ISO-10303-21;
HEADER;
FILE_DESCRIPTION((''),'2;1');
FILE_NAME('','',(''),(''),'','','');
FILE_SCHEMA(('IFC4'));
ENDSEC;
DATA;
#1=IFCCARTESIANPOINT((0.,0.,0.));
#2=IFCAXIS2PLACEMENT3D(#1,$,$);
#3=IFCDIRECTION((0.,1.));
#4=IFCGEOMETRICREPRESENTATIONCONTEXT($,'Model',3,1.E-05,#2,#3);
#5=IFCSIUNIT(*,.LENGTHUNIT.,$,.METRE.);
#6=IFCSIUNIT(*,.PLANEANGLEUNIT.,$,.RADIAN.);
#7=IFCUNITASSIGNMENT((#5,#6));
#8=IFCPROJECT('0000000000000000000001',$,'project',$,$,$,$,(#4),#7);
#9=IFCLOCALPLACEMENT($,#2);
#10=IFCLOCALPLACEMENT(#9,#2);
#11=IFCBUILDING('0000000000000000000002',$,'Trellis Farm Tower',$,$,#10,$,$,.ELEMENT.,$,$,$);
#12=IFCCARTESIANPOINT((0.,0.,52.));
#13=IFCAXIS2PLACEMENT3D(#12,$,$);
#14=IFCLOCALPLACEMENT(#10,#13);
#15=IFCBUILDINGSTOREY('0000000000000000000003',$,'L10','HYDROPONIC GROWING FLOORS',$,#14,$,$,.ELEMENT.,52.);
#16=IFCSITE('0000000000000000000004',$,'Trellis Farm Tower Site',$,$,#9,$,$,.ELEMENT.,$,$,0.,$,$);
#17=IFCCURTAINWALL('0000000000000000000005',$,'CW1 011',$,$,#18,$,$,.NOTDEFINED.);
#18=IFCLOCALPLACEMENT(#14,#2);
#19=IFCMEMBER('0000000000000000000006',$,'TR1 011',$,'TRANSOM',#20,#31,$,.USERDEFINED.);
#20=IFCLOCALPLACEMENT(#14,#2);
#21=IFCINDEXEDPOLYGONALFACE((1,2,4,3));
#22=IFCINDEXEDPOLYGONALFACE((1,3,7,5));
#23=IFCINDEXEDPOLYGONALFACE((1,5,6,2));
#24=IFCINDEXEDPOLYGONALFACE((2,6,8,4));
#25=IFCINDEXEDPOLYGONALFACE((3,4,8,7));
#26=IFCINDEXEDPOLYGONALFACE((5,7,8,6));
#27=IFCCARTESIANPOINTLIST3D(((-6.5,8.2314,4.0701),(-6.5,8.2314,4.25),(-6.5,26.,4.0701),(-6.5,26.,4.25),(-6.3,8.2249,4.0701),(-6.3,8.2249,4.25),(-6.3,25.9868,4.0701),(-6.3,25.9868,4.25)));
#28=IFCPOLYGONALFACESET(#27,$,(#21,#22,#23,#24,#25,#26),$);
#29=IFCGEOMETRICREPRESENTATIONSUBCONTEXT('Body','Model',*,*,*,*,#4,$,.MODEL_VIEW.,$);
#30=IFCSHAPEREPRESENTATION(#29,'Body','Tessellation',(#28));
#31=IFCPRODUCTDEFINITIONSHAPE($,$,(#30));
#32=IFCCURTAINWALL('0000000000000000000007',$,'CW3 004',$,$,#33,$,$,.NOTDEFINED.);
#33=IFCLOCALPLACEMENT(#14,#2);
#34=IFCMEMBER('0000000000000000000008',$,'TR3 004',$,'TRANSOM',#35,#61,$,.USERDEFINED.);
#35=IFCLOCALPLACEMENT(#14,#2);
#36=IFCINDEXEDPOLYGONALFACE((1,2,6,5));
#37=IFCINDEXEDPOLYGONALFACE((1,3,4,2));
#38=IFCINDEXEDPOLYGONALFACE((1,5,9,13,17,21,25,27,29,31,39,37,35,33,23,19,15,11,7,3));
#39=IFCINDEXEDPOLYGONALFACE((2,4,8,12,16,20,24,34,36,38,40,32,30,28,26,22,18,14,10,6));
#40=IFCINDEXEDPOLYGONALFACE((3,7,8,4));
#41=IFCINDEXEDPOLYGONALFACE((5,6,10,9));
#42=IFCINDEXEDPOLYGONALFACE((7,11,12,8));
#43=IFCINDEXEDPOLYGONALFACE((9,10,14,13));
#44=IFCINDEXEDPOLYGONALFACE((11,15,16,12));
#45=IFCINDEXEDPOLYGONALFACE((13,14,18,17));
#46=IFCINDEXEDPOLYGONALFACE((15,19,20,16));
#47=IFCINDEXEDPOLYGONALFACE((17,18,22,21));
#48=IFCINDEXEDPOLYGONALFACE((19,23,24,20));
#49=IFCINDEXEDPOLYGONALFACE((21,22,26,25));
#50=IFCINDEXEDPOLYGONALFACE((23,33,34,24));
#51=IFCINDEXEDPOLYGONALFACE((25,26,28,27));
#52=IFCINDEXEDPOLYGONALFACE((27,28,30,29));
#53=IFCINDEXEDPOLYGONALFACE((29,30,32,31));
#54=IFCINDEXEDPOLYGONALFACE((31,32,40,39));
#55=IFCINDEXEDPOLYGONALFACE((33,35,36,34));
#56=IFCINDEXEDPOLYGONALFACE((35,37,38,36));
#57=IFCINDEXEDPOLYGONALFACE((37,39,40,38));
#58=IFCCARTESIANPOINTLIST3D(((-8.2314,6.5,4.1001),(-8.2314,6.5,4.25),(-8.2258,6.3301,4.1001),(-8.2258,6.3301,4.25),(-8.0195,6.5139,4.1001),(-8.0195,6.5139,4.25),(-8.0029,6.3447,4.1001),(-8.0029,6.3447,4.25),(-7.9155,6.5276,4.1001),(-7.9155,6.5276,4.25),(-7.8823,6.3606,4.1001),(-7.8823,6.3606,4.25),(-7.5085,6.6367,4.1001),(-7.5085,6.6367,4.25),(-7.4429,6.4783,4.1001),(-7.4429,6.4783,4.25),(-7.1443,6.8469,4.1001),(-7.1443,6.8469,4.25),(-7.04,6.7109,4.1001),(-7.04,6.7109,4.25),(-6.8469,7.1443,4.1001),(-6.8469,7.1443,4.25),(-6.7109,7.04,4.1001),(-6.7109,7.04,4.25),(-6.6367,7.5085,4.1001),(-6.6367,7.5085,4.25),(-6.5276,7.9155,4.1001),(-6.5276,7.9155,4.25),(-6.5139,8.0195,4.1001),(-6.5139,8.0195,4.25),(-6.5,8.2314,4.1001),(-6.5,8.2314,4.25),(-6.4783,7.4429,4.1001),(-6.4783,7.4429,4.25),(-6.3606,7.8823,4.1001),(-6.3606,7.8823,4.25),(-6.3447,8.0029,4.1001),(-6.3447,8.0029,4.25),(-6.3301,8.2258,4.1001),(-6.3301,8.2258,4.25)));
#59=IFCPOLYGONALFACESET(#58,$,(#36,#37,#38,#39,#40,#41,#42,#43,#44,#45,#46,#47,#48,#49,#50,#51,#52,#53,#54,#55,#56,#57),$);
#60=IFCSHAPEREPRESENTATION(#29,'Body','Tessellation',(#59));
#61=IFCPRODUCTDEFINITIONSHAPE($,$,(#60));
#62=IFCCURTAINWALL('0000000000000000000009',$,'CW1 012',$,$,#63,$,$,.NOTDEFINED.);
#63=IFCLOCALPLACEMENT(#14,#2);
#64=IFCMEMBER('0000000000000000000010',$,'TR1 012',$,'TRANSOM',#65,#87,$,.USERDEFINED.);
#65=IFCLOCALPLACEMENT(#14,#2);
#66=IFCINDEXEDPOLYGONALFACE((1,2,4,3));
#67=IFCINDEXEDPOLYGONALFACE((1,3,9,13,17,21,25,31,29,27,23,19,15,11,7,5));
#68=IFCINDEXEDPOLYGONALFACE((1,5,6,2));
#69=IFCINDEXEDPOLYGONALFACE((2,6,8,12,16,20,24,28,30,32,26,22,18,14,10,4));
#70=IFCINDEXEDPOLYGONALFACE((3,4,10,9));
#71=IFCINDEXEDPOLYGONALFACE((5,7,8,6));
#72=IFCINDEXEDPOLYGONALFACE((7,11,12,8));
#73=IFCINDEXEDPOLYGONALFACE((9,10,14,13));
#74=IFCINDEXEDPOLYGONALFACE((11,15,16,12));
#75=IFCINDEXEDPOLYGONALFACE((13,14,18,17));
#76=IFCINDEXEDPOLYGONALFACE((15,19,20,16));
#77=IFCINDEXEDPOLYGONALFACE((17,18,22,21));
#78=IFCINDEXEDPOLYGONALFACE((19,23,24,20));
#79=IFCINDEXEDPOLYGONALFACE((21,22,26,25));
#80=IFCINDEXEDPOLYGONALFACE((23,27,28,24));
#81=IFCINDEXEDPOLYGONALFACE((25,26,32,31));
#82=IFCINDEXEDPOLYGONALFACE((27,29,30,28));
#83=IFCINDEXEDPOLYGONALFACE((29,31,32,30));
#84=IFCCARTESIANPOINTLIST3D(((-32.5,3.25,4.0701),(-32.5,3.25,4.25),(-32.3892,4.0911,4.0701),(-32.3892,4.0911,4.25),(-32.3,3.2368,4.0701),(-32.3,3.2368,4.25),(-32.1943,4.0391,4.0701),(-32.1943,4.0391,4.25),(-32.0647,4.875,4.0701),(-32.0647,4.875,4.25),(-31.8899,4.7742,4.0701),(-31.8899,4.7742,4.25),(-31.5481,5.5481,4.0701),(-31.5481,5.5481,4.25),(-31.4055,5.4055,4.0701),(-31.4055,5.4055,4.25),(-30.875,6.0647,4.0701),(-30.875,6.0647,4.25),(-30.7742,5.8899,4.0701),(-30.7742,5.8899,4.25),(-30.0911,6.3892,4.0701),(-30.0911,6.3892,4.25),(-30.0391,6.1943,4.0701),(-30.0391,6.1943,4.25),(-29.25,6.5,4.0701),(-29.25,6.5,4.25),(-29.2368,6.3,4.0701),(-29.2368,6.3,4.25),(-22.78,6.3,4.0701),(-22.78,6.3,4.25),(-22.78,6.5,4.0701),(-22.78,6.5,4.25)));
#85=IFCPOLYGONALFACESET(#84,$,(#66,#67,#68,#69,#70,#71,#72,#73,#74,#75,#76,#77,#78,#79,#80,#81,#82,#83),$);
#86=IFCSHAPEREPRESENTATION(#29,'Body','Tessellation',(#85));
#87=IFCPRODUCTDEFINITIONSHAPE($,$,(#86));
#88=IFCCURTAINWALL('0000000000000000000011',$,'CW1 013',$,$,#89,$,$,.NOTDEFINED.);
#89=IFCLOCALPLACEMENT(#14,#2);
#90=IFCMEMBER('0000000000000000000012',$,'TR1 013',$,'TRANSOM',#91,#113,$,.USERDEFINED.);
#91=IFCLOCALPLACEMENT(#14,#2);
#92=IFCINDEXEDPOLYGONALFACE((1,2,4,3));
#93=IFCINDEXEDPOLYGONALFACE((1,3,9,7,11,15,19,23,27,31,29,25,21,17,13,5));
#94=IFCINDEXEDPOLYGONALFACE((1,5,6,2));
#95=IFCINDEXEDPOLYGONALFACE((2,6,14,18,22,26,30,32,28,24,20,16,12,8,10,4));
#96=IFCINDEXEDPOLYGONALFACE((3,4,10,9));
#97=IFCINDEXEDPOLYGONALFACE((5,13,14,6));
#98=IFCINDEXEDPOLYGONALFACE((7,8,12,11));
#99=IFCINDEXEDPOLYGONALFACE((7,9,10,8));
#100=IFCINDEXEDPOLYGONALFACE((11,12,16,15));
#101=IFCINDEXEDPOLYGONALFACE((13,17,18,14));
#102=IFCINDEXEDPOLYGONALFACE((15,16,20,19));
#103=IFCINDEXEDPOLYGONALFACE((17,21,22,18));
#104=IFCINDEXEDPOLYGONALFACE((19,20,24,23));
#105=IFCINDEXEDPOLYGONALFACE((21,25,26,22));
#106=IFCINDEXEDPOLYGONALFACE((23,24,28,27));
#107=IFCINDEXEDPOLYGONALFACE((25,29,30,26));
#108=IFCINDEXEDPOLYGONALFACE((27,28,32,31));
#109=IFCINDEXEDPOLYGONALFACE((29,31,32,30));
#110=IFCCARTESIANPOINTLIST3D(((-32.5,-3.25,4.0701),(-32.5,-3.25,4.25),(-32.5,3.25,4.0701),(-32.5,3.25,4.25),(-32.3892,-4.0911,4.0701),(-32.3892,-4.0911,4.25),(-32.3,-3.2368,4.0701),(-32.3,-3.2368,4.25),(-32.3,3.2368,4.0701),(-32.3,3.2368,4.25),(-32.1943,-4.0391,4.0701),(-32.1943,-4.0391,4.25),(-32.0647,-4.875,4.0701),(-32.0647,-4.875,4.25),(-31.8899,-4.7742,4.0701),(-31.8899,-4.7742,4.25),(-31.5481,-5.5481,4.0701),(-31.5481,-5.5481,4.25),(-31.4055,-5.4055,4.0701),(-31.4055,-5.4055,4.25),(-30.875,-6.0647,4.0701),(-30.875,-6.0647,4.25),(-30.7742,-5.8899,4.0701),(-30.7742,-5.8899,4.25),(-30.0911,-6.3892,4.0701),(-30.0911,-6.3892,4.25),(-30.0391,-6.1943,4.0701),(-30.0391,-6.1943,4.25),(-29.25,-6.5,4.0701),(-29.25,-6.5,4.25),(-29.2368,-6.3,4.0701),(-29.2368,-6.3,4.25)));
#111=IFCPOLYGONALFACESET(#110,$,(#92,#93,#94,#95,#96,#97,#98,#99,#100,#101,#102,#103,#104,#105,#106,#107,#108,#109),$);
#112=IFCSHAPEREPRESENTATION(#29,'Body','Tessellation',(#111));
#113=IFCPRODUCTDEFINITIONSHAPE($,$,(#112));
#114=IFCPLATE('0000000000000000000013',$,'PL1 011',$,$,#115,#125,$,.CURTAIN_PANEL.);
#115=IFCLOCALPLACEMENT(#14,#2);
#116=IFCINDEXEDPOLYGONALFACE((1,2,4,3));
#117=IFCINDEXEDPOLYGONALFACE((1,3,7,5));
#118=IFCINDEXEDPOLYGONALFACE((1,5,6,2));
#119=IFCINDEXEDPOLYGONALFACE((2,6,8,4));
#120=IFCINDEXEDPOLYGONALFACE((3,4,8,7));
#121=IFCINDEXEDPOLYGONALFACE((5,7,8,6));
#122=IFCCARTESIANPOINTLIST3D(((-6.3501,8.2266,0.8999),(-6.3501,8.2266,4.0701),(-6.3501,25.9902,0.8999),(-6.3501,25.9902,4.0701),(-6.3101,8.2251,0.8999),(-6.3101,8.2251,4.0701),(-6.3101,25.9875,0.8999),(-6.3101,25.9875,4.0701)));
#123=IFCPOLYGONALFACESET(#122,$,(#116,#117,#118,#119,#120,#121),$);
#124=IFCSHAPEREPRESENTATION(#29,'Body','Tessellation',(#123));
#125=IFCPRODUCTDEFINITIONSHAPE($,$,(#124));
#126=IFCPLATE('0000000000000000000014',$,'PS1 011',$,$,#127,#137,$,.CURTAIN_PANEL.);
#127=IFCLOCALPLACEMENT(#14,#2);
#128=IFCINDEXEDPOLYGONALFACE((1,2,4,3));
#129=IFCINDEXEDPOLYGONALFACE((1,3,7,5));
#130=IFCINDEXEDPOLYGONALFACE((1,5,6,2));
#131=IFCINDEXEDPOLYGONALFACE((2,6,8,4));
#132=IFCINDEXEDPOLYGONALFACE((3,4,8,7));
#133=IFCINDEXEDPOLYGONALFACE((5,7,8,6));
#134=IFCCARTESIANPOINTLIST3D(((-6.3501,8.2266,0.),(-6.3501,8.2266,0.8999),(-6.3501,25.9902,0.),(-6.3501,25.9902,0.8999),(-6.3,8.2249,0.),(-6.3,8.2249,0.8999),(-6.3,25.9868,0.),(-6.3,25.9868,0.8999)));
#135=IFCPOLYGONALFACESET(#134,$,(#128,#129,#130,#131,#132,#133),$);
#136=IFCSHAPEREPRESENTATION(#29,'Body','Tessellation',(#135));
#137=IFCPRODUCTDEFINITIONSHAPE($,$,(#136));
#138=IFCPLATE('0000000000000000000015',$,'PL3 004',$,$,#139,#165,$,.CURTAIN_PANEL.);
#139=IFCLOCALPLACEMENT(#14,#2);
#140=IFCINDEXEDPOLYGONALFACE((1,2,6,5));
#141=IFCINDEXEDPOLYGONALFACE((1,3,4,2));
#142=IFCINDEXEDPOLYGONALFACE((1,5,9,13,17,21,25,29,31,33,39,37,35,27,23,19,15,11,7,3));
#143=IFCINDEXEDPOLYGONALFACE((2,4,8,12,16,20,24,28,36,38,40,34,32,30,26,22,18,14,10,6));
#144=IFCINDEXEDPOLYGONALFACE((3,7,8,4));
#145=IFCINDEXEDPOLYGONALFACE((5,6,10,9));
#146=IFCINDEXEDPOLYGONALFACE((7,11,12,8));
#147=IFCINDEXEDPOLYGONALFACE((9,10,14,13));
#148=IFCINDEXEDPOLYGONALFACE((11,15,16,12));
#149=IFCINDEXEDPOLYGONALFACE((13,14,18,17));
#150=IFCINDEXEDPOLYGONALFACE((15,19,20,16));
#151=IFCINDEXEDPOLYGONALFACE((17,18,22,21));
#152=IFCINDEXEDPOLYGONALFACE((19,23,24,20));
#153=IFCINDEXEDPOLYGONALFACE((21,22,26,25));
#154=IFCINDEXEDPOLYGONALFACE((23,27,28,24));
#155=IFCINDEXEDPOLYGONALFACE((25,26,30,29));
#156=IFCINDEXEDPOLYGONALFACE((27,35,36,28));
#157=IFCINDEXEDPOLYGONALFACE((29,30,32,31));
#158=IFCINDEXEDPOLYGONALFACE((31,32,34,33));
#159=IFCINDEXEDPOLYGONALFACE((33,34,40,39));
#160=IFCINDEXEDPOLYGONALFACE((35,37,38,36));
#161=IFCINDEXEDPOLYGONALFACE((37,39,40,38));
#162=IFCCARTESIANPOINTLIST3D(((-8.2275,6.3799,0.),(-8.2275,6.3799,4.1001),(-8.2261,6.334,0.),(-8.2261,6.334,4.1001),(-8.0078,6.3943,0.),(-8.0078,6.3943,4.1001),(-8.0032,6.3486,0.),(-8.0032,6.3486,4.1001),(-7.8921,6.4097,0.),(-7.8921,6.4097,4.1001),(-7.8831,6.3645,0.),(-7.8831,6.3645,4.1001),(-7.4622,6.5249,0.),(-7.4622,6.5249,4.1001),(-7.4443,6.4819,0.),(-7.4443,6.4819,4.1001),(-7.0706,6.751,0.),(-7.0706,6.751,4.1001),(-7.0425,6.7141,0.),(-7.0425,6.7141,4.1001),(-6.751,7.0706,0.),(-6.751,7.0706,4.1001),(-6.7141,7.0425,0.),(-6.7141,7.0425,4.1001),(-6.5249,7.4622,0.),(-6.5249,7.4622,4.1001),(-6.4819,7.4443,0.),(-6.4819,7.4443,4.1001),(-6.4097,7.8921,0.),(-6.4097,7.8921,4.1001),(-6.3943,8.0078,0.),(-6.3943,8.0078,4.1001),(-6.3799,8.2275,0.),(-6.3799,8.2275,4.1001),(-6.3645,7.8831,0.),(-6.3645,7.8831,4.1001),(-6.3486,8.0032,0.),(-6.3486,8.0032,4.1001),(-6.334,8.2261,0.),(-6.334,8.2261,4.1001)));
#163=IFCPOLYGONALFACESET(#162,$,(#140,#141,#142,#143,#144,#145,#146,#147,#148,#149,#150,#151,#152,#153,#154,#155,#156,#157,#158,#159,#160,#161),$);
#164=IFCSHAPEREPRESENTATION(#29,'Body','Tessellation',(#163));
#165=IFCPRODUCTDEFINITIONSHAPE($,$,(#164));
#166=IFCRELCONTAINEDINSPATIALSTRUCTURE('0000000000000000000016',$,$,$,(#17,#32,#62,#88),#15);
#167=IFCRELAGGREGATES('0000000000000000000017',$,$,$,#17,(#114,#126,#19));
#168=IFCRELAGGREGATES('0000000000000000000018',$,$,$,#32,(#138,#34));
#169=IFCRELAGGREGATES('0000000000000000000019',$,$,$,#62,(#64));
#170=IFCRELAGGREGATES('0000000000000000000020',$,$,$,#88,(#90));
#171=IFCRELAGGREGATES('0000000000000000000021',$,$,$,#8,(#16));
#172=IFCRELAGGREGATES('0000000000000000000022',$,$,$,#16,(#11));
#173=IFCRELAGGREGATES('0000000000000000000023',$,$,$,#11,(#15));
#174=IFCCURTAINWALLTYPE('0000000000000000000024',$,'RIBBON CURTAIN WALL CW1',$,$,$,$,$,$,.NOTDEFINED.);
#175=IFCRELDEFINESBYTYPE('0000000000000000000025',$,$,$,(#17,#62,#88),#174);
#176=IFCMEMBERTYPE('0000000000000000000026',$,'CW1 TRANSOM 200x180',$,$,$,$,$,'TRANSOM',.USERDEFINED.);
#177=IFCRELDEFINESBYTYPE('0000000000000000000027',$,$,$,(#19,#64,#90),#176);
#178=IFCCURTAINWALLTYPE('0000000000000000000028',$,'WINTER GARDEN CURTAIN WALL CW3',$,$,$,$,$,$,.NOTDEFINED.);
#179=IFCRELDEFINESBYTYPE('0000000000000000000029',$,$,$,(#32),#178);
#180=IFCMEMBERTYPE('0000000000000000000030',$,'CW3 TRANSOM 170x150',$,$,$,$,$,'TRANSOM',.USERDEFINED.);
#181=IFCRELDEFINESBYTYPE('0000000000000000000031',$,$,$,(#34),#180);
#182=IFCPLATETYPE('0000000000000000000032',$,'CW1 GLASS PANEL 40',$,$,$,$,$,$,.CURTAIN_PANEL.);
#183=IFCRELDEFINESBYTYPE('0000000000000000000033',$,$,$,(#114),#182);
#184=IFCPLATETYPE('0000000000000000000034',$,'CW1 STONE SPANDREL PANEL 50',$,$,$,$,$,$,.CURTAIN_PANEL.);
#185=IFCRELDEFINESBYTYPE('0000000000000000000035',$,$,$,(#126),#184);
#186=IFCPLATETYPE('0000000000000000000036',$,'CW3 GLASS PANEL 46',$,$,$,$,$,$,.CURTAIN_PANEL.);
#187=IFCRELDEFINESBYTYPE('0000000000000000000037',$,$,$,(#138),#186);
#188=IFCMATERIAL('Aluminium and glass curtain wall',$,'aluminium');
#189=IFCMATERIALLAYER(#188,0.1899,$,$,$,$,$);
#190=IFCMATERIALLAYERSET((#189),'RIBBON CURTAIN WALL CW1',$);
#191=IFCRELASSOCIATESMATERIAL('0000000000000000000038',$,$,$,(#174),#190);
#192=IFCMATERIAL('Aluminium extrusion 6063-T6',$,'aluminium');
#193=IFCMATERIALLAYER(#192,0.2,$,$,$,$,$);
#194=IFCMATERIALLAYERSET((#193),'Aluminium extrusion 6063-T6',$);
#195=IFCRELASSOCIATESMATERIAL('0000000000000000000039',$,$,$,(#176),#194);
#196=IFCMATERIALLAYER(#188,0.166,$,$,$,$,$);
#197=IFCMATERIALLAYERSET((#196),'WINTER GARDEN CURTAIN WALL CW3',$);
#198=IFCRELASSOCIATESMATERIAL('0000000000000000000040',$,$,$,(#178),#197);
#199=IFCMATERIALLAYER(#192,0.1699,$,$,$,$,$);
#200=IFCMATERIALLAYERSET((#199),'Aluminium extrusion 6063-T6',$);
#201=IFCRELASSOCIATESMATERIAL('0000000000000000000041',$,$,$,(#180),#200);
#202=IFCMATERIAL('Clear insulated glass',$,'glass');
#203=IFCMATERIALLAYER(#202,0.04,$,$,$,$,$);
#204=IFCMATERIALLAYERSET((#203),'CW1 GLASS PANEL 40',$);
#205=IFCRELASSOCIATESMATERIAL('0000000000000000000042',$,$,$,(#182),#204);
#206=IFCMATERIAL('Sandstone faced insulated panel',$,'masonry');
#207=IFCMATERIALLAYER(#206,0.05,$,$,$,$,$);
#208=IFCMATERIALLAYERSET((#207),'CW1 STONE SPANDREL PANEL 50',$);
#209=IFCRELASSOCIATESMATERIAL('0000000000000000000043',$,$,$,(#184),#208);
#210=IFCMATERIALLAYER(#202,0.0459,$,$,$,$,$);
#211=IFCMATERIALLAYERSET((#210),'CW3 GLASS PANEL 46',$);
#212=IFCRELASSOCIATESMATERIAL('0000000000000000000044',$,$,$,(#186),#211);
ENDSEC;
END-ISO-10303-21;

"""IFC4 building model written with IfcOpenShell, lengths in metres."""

from ifc_helpers import new_model, si_unit, direction, frame, origin, place, context, subcontext, project, spatial, polyline, outline, extrude, source, transform, mapped, material, layer, layer_set, type_object, element, aggregate, save


model = new_model("IFC4")

# Units and contexts
model_context = context("Model", 3, precision=1e-05, world=origin(), true_north=direction((0.0, 1.0)))
body_context = subcontext(model_context, "Body", "Model", "MODEL_VIEW")
ifc_project = project(units=[si_unit("LENGTHUNIT", "METRE"), si_unit("PLANEANGLEUNIT", "RADIAN")], contexts=[model_context])

# Site, building, storey
site_placement = place(None, origin())
site = spatial("IfcSite", under=ifc_project, at=site_placement, Name="Trellis Farm Tower Site", CompositionType="ELEMENT", RefElevation=0.0)
building_placement = place(site_placement, origin())
building = spatial("IfcBuilding", under=site, at=building_placement, Name="Trellis Farm Tower", CompositionType="ELEMENT")
storey_placement = place(building_placement, frame((0.0, 0.0, 52.0)))
storey = spatial("IfcBuildingStorey", under=building, at=storey_placement, Name="L10", Description="HYDROPONIC GROWING FLOORS", CompositionType="ELEMENT", Elevation=52.0)

# Curtain walls, members
ifc_material_1 = material(Name="Aluminium and glass curtain wall", Category="aluminium")
ifc_layer_1 = layer(ifc_material_1, 0.1899)
ifc_layer_set_1 = layer_set([ifc_layer_1], Name="RIBBON CURTAIN WALL CW1")
curtain_wall_type_1 = type_object("IfcCurtainWallType", Name="RIBBON CURTAIN WALL CW1", PredefinedType="NOTDEFINED", material=ifc_layer_set_1)
placement_1 = place(storey_placement, origin())
curtain_wall_1 = element("IfcCurtainWall", 1, at=placement_1, inside=storey, type_object=curtain_wall_type_1, Name="CW1 011", PredefinedType="NOTDEFINED")
ifc_material_2 = material(Name="Aluminium extrusion 6063-T6", Category="aluminium")
ifc_layer_2 = layer(ifc_material_2, 0.2)
ifc_layer_set_2 = layer_set([ifc_layer_2], Name="Aluminium extrusion 6063-T6")
member_type_1 = type_object("IfcMemberType", Name="CW1 TRANSOM 200x180", ElementType="TRANSOM", PredefinedType="USERDEFINED", material=ifc_layer_set_2)
shared_shape_1 = source(origin(), body_context, "Body", "SweptSolid", [
    extrude(outline(polyline([(-6.5, 26.0), (-6.5, 8.2314), (-6.3, 8.2249), (-6.3, 25.9868), (-6.5, 26.0)])), origin(), (0.0, 0.0, 1.0), 0.1799),
])
placement_2 = place(storey_placement, frame((0.0, 0.0, 4.0701)))
member_1 = element("IfcMember", 2, at=placement_2, type_object=member_type_1, Name="TR1 011", ObjectType="TRANSOM", PredefinedType="USERDEFINED", context=body_context, shape_type="MappedRepresentation", body=[
    mapped(shared_shape_1, transform((0.0, 0.0, 0.0))),
])
ifc_layer_3 = layer(ifc_material_1, 0.166)
ifc_layer_set_3 = layer_set([ifc_layer_3], Name="WINTER GARDEN CURTAIN WALL CW3")
curtain_wall_type_2 = type_object("IfcCurtainWallType", Name="WINTER GARDEN CURTAIN WALL CW3", PredefinedType="NOTDEFINED", material=ifc_layer_set_3)
curtain_wall_2 = element("IfcCurtainWall", 3, at=placement_1, inside=storey, type_object=curtain_wall_type_2, Name="CW3 004", PredefinedType="NOTDEFINED")
ifc_layer_4 = layer(ifc_material_2, 0.1699)
ifc_layer_set_4 = layer_set([ifc_layer_4], Name="Aluminium extrusion 6063-T6")
member_type_2 = type_object("IfcMemberType", Name="CW3 TRANSOM 170x150", ElementType="TRANSOM", PredefinedType="USERDEFINED", material=ifc_layer_set_4)
shared_shape_2 = source(origin(), body_context, "Body", "SweptSolid", [
    extrude(outline(polyline([(-6.5, 8.2314), (-6.5139, 8.0195), (-6.5276, 7.9155), (-6.6367, 7.5085), (-6.8469, 7.1443), (-7.1443, 6.8469), (-7.5085, 6.6367), (-7.9155, 6.5276), (-8.0195, 6.5139), (-8.2314, 6.5), (-8.2258, 6.3301), (-8.0029, 6.3447), (-7.8823, 6.3606), (-7.4429, 6.4783), (-7.04, 6.7109), (-6.7109, 7.04), (-6.4783, 7.4429), (-6.3606, 7.8823), (-6.3447, 8.0029), (-6.3301, 8.2258), (-6.5, 8.2314)])), origin(), (0.0, 0.0, 1.0), 0.1499),
])
member_2_placement = place(storey_placement, frame((0.0, 0.0, 4.1001)))
member_2 = element("IfcMember", 4, at=member_2_placement, type_object=member_type_2, Name="TR3 004", ObjectType="TRANSOM", PredefinedType="USERDEFINED", context=body_context, shape_type="MappedRepresentation", body=[
    mapped(shared_shape_2, transform((0.0, 0.0, 0.0))),
])
curtain_wall_3 = element("IfcCurtainWall", 5, at=placement_1, inside=storey, type_object=curtain_wall_type_1, Name="CW1 012", PredefinedType="NOTDEFINED")
shared_shape_3 = source(origin(), body_context, "Body", "SweptSolid", [
    extrude(outline(polyline([(-22.78, 6.5), (-29.25, 6.5), (-30.0911, 6.3892), (-30.875, 6.0647), (-31.5481, 5.5481), (-32.0647, 4.875), (-32.3892, 4.0911), (-32.5, 3.25), (-32.3, 3.2368), (-32.1943, 4.0391), (-31.8899, 4.7742), (-31.4055, 5.4055), (-30.7742, 5.8899), (-30.0391, 6.1943), (-29.2368, 6.3), (-22.78, 6.3), (-22.78, 6.5)])), origin(), (0.0, 0.0, 1.0), 0.1799),
])
member_3 = element("IfcMember", 6, at=placement_2, type_object=member_type_1, Name="TR1 012", ObjectType="TRANSOM", PredefinedType="USERDEFINED", context=body_context, shape_type="MappedRepresentation", body=[
    mapped(shared_shape_3, transform((0.0, 0.0, 0.0))),
])
curtain_wall_4 = element("IfcCurtainWall", 7, at=placement_1, inside=storey, type_object=curtain_wall_type_1, Name="CW1 013", PredefinedType="NOTDEFINED")
shared_shape_4 = source(origin(), body_context, "Body", "SweptSolid", [
    extrude(outline(polyline([(-32.5, 3.25), (-32.5, -3.25), (-32.3892, -4.0911), (-32.0647, -4.875), (-31.5481, -5.5481), (-30.875, -6.0647), (-30.0911, -6.3892), (-29.25, -6.5), (-29.2368, -6.3), (-30.0391, -6.1943), (-30.7742, -5.8899), (-31.4055, -5.4055), (-31.8899, -4.7742), (-32.1943, -4.0391), (-32.3, -3.2368), (-32.3, 3.2368), (-32.5, 3.25)])), origin(), (0.0, 0.0, 1.0), 0.1799),
])
member_4 = element("IfcMember", 8, at=placement_2, type_object=member_type_1, Name="TR1 013", ObjectType="TRANSOM", PredefinedType="USERDEFINED", context=body_context, shape_type="MappedRepresentation", body=[
    mapped(shared_shape_4, transform((0.0, 0.0, 0.0))),
])

# Plates
ifc_material_3 = material(Name="Clear insulated glass", Category="glass")
ifc_layer_5 = layer(ifc_material_3, 0.04)
ifc_layer_set_5 = layer_set([ifc_layer_5], Name="CW1 GLASS PANEL 40")
plate_type_1 = type_object("IfcPlateType", Name="CW1 GLASS PANEL 40", PredefinedType="CURTAIN_PANEL", material=ifc_layer_set_5)
shared_shape_5 = source(origin(), body_context, "Body", "SweptSolid", [
    extrude(outline(polyline([(-6.3501, 25.9902), (-6.3501, 8.2266), (-6.3101, 8.2251), (-6.3101, 25.9875), (-6.3501, 25.9902)])), origin(), (0.0, 0.0, 1.0), 3.1702),
])
placement_3 = place(storey_placement, frame((0.0, 0.0, 0.8999)))
plate_1 = element("IfcPlate", 9, at=placement_3, type_object=plate_type_1, Name="PL1 011", PredefinedType="CURTAIN_PANEL", context=body_context, shape_type="MappedRepresentation", body=[
    mapped(shared_shape_5, transform((0.0, 0.0, 0.0))),
])
ifc_material_4 = material(Name="Sandstone faced insulated panel", Category="masonry")
ifc_layer_6 = layer(ifc_material_4, 0.05)
ifc_layer_set_6 = layer_set([ifc_layer_6], Name="CW1 STONE SPANDREL PANEL 50")
plate_type_2 = type_object("IfcPlateType", Name="CW1 STONE SPANDREL PANEL 50", PredefinedType="CURTAIN_PANEL", material=ifc_layer_set_6)
shared_shape_6 = source(origin(), body_context, "Body", "SweptSolid", [
    extrude(outline(polyline([(-6.3501, 25.9902), (-6.3501, 8.2266), (-6.3, 8.2249), (-6.3, 25.9868), (-6.3501, 25.9902)])), origin(), (0.0, 0.0, 1.0), 0.8999),
])
plate_2 = element("IfcPlate", 10, at=placement_1, type_object=plate_type_2, Name="PS1 011", PredefinedType="CURTAIN_PANEL", context=body_context, shape_type="MappedRepresentation", body=[
    mapped(shared_shape_6, transform((0.0, 0.0, 0.0))),
])
aggregate(curtain_wall_1, [plate_1, plate_2, member_1])
ifc_layer_7 = layer(ifc_material_3, 0.0459)
ifc_layer_set_7 = layer_set([ifc_layer_7], Name="CW3 GLASS PANEL 46")
plate_type_3 = type_object("IfcPlateType", Name="CW3 GLASS PANEL 46", PredefinedType="CURTAIN_PANEL", material=ifc_layer_set_7)
shared_shape_7 = source(origin(), body_context, "Body", "SweptSolid", [
    extrude(outline(polyline([(-6.3799, 8.2275), (-6.3943, 8.0078), (-6.4097, 7.8921), (-6.5249, 7.4622), (-6.751, 7.0706), (-7.0706, 6.751), (-7.4622, 6.5249), (-7.8921, 6.4097), (-8.0078, 6.3943), (-8.2275, 6.3799), (-8.2261, 6.334), (-8.0032, 6.3486), (-7.8831, 6.3645), (-7.4443, 6.4819), (-7.0425, 6.7141), (-6.7141, 7.0425), (-6.4819, 7.4443), (-6.3645, 7.8831), (-6.3486, 8.0032), (-6.334, 8.2261), (-6.3799, 8.2275)])), origin(), (0.0, 0.0, 1.0), 4.1001),
])
plate_3 = element("IfcPlate", 11, at=placement_1, type_object=plate_type_3, Name="PL3 004", PredefinedType="CURTAIN_PANEL", context=body_context, shape_type="MappedRepresentation", body=[
    mapped(shared_shape_7, transform((0.0, 0.0, 0.0))),
])
aggregate(curtain_wall_2, [plate_3, member_2])
aggregate(curtain_wall_3, [member_3])
aggregate(curtain_wall_4, [member_4])

save(model, "model.ifc")
